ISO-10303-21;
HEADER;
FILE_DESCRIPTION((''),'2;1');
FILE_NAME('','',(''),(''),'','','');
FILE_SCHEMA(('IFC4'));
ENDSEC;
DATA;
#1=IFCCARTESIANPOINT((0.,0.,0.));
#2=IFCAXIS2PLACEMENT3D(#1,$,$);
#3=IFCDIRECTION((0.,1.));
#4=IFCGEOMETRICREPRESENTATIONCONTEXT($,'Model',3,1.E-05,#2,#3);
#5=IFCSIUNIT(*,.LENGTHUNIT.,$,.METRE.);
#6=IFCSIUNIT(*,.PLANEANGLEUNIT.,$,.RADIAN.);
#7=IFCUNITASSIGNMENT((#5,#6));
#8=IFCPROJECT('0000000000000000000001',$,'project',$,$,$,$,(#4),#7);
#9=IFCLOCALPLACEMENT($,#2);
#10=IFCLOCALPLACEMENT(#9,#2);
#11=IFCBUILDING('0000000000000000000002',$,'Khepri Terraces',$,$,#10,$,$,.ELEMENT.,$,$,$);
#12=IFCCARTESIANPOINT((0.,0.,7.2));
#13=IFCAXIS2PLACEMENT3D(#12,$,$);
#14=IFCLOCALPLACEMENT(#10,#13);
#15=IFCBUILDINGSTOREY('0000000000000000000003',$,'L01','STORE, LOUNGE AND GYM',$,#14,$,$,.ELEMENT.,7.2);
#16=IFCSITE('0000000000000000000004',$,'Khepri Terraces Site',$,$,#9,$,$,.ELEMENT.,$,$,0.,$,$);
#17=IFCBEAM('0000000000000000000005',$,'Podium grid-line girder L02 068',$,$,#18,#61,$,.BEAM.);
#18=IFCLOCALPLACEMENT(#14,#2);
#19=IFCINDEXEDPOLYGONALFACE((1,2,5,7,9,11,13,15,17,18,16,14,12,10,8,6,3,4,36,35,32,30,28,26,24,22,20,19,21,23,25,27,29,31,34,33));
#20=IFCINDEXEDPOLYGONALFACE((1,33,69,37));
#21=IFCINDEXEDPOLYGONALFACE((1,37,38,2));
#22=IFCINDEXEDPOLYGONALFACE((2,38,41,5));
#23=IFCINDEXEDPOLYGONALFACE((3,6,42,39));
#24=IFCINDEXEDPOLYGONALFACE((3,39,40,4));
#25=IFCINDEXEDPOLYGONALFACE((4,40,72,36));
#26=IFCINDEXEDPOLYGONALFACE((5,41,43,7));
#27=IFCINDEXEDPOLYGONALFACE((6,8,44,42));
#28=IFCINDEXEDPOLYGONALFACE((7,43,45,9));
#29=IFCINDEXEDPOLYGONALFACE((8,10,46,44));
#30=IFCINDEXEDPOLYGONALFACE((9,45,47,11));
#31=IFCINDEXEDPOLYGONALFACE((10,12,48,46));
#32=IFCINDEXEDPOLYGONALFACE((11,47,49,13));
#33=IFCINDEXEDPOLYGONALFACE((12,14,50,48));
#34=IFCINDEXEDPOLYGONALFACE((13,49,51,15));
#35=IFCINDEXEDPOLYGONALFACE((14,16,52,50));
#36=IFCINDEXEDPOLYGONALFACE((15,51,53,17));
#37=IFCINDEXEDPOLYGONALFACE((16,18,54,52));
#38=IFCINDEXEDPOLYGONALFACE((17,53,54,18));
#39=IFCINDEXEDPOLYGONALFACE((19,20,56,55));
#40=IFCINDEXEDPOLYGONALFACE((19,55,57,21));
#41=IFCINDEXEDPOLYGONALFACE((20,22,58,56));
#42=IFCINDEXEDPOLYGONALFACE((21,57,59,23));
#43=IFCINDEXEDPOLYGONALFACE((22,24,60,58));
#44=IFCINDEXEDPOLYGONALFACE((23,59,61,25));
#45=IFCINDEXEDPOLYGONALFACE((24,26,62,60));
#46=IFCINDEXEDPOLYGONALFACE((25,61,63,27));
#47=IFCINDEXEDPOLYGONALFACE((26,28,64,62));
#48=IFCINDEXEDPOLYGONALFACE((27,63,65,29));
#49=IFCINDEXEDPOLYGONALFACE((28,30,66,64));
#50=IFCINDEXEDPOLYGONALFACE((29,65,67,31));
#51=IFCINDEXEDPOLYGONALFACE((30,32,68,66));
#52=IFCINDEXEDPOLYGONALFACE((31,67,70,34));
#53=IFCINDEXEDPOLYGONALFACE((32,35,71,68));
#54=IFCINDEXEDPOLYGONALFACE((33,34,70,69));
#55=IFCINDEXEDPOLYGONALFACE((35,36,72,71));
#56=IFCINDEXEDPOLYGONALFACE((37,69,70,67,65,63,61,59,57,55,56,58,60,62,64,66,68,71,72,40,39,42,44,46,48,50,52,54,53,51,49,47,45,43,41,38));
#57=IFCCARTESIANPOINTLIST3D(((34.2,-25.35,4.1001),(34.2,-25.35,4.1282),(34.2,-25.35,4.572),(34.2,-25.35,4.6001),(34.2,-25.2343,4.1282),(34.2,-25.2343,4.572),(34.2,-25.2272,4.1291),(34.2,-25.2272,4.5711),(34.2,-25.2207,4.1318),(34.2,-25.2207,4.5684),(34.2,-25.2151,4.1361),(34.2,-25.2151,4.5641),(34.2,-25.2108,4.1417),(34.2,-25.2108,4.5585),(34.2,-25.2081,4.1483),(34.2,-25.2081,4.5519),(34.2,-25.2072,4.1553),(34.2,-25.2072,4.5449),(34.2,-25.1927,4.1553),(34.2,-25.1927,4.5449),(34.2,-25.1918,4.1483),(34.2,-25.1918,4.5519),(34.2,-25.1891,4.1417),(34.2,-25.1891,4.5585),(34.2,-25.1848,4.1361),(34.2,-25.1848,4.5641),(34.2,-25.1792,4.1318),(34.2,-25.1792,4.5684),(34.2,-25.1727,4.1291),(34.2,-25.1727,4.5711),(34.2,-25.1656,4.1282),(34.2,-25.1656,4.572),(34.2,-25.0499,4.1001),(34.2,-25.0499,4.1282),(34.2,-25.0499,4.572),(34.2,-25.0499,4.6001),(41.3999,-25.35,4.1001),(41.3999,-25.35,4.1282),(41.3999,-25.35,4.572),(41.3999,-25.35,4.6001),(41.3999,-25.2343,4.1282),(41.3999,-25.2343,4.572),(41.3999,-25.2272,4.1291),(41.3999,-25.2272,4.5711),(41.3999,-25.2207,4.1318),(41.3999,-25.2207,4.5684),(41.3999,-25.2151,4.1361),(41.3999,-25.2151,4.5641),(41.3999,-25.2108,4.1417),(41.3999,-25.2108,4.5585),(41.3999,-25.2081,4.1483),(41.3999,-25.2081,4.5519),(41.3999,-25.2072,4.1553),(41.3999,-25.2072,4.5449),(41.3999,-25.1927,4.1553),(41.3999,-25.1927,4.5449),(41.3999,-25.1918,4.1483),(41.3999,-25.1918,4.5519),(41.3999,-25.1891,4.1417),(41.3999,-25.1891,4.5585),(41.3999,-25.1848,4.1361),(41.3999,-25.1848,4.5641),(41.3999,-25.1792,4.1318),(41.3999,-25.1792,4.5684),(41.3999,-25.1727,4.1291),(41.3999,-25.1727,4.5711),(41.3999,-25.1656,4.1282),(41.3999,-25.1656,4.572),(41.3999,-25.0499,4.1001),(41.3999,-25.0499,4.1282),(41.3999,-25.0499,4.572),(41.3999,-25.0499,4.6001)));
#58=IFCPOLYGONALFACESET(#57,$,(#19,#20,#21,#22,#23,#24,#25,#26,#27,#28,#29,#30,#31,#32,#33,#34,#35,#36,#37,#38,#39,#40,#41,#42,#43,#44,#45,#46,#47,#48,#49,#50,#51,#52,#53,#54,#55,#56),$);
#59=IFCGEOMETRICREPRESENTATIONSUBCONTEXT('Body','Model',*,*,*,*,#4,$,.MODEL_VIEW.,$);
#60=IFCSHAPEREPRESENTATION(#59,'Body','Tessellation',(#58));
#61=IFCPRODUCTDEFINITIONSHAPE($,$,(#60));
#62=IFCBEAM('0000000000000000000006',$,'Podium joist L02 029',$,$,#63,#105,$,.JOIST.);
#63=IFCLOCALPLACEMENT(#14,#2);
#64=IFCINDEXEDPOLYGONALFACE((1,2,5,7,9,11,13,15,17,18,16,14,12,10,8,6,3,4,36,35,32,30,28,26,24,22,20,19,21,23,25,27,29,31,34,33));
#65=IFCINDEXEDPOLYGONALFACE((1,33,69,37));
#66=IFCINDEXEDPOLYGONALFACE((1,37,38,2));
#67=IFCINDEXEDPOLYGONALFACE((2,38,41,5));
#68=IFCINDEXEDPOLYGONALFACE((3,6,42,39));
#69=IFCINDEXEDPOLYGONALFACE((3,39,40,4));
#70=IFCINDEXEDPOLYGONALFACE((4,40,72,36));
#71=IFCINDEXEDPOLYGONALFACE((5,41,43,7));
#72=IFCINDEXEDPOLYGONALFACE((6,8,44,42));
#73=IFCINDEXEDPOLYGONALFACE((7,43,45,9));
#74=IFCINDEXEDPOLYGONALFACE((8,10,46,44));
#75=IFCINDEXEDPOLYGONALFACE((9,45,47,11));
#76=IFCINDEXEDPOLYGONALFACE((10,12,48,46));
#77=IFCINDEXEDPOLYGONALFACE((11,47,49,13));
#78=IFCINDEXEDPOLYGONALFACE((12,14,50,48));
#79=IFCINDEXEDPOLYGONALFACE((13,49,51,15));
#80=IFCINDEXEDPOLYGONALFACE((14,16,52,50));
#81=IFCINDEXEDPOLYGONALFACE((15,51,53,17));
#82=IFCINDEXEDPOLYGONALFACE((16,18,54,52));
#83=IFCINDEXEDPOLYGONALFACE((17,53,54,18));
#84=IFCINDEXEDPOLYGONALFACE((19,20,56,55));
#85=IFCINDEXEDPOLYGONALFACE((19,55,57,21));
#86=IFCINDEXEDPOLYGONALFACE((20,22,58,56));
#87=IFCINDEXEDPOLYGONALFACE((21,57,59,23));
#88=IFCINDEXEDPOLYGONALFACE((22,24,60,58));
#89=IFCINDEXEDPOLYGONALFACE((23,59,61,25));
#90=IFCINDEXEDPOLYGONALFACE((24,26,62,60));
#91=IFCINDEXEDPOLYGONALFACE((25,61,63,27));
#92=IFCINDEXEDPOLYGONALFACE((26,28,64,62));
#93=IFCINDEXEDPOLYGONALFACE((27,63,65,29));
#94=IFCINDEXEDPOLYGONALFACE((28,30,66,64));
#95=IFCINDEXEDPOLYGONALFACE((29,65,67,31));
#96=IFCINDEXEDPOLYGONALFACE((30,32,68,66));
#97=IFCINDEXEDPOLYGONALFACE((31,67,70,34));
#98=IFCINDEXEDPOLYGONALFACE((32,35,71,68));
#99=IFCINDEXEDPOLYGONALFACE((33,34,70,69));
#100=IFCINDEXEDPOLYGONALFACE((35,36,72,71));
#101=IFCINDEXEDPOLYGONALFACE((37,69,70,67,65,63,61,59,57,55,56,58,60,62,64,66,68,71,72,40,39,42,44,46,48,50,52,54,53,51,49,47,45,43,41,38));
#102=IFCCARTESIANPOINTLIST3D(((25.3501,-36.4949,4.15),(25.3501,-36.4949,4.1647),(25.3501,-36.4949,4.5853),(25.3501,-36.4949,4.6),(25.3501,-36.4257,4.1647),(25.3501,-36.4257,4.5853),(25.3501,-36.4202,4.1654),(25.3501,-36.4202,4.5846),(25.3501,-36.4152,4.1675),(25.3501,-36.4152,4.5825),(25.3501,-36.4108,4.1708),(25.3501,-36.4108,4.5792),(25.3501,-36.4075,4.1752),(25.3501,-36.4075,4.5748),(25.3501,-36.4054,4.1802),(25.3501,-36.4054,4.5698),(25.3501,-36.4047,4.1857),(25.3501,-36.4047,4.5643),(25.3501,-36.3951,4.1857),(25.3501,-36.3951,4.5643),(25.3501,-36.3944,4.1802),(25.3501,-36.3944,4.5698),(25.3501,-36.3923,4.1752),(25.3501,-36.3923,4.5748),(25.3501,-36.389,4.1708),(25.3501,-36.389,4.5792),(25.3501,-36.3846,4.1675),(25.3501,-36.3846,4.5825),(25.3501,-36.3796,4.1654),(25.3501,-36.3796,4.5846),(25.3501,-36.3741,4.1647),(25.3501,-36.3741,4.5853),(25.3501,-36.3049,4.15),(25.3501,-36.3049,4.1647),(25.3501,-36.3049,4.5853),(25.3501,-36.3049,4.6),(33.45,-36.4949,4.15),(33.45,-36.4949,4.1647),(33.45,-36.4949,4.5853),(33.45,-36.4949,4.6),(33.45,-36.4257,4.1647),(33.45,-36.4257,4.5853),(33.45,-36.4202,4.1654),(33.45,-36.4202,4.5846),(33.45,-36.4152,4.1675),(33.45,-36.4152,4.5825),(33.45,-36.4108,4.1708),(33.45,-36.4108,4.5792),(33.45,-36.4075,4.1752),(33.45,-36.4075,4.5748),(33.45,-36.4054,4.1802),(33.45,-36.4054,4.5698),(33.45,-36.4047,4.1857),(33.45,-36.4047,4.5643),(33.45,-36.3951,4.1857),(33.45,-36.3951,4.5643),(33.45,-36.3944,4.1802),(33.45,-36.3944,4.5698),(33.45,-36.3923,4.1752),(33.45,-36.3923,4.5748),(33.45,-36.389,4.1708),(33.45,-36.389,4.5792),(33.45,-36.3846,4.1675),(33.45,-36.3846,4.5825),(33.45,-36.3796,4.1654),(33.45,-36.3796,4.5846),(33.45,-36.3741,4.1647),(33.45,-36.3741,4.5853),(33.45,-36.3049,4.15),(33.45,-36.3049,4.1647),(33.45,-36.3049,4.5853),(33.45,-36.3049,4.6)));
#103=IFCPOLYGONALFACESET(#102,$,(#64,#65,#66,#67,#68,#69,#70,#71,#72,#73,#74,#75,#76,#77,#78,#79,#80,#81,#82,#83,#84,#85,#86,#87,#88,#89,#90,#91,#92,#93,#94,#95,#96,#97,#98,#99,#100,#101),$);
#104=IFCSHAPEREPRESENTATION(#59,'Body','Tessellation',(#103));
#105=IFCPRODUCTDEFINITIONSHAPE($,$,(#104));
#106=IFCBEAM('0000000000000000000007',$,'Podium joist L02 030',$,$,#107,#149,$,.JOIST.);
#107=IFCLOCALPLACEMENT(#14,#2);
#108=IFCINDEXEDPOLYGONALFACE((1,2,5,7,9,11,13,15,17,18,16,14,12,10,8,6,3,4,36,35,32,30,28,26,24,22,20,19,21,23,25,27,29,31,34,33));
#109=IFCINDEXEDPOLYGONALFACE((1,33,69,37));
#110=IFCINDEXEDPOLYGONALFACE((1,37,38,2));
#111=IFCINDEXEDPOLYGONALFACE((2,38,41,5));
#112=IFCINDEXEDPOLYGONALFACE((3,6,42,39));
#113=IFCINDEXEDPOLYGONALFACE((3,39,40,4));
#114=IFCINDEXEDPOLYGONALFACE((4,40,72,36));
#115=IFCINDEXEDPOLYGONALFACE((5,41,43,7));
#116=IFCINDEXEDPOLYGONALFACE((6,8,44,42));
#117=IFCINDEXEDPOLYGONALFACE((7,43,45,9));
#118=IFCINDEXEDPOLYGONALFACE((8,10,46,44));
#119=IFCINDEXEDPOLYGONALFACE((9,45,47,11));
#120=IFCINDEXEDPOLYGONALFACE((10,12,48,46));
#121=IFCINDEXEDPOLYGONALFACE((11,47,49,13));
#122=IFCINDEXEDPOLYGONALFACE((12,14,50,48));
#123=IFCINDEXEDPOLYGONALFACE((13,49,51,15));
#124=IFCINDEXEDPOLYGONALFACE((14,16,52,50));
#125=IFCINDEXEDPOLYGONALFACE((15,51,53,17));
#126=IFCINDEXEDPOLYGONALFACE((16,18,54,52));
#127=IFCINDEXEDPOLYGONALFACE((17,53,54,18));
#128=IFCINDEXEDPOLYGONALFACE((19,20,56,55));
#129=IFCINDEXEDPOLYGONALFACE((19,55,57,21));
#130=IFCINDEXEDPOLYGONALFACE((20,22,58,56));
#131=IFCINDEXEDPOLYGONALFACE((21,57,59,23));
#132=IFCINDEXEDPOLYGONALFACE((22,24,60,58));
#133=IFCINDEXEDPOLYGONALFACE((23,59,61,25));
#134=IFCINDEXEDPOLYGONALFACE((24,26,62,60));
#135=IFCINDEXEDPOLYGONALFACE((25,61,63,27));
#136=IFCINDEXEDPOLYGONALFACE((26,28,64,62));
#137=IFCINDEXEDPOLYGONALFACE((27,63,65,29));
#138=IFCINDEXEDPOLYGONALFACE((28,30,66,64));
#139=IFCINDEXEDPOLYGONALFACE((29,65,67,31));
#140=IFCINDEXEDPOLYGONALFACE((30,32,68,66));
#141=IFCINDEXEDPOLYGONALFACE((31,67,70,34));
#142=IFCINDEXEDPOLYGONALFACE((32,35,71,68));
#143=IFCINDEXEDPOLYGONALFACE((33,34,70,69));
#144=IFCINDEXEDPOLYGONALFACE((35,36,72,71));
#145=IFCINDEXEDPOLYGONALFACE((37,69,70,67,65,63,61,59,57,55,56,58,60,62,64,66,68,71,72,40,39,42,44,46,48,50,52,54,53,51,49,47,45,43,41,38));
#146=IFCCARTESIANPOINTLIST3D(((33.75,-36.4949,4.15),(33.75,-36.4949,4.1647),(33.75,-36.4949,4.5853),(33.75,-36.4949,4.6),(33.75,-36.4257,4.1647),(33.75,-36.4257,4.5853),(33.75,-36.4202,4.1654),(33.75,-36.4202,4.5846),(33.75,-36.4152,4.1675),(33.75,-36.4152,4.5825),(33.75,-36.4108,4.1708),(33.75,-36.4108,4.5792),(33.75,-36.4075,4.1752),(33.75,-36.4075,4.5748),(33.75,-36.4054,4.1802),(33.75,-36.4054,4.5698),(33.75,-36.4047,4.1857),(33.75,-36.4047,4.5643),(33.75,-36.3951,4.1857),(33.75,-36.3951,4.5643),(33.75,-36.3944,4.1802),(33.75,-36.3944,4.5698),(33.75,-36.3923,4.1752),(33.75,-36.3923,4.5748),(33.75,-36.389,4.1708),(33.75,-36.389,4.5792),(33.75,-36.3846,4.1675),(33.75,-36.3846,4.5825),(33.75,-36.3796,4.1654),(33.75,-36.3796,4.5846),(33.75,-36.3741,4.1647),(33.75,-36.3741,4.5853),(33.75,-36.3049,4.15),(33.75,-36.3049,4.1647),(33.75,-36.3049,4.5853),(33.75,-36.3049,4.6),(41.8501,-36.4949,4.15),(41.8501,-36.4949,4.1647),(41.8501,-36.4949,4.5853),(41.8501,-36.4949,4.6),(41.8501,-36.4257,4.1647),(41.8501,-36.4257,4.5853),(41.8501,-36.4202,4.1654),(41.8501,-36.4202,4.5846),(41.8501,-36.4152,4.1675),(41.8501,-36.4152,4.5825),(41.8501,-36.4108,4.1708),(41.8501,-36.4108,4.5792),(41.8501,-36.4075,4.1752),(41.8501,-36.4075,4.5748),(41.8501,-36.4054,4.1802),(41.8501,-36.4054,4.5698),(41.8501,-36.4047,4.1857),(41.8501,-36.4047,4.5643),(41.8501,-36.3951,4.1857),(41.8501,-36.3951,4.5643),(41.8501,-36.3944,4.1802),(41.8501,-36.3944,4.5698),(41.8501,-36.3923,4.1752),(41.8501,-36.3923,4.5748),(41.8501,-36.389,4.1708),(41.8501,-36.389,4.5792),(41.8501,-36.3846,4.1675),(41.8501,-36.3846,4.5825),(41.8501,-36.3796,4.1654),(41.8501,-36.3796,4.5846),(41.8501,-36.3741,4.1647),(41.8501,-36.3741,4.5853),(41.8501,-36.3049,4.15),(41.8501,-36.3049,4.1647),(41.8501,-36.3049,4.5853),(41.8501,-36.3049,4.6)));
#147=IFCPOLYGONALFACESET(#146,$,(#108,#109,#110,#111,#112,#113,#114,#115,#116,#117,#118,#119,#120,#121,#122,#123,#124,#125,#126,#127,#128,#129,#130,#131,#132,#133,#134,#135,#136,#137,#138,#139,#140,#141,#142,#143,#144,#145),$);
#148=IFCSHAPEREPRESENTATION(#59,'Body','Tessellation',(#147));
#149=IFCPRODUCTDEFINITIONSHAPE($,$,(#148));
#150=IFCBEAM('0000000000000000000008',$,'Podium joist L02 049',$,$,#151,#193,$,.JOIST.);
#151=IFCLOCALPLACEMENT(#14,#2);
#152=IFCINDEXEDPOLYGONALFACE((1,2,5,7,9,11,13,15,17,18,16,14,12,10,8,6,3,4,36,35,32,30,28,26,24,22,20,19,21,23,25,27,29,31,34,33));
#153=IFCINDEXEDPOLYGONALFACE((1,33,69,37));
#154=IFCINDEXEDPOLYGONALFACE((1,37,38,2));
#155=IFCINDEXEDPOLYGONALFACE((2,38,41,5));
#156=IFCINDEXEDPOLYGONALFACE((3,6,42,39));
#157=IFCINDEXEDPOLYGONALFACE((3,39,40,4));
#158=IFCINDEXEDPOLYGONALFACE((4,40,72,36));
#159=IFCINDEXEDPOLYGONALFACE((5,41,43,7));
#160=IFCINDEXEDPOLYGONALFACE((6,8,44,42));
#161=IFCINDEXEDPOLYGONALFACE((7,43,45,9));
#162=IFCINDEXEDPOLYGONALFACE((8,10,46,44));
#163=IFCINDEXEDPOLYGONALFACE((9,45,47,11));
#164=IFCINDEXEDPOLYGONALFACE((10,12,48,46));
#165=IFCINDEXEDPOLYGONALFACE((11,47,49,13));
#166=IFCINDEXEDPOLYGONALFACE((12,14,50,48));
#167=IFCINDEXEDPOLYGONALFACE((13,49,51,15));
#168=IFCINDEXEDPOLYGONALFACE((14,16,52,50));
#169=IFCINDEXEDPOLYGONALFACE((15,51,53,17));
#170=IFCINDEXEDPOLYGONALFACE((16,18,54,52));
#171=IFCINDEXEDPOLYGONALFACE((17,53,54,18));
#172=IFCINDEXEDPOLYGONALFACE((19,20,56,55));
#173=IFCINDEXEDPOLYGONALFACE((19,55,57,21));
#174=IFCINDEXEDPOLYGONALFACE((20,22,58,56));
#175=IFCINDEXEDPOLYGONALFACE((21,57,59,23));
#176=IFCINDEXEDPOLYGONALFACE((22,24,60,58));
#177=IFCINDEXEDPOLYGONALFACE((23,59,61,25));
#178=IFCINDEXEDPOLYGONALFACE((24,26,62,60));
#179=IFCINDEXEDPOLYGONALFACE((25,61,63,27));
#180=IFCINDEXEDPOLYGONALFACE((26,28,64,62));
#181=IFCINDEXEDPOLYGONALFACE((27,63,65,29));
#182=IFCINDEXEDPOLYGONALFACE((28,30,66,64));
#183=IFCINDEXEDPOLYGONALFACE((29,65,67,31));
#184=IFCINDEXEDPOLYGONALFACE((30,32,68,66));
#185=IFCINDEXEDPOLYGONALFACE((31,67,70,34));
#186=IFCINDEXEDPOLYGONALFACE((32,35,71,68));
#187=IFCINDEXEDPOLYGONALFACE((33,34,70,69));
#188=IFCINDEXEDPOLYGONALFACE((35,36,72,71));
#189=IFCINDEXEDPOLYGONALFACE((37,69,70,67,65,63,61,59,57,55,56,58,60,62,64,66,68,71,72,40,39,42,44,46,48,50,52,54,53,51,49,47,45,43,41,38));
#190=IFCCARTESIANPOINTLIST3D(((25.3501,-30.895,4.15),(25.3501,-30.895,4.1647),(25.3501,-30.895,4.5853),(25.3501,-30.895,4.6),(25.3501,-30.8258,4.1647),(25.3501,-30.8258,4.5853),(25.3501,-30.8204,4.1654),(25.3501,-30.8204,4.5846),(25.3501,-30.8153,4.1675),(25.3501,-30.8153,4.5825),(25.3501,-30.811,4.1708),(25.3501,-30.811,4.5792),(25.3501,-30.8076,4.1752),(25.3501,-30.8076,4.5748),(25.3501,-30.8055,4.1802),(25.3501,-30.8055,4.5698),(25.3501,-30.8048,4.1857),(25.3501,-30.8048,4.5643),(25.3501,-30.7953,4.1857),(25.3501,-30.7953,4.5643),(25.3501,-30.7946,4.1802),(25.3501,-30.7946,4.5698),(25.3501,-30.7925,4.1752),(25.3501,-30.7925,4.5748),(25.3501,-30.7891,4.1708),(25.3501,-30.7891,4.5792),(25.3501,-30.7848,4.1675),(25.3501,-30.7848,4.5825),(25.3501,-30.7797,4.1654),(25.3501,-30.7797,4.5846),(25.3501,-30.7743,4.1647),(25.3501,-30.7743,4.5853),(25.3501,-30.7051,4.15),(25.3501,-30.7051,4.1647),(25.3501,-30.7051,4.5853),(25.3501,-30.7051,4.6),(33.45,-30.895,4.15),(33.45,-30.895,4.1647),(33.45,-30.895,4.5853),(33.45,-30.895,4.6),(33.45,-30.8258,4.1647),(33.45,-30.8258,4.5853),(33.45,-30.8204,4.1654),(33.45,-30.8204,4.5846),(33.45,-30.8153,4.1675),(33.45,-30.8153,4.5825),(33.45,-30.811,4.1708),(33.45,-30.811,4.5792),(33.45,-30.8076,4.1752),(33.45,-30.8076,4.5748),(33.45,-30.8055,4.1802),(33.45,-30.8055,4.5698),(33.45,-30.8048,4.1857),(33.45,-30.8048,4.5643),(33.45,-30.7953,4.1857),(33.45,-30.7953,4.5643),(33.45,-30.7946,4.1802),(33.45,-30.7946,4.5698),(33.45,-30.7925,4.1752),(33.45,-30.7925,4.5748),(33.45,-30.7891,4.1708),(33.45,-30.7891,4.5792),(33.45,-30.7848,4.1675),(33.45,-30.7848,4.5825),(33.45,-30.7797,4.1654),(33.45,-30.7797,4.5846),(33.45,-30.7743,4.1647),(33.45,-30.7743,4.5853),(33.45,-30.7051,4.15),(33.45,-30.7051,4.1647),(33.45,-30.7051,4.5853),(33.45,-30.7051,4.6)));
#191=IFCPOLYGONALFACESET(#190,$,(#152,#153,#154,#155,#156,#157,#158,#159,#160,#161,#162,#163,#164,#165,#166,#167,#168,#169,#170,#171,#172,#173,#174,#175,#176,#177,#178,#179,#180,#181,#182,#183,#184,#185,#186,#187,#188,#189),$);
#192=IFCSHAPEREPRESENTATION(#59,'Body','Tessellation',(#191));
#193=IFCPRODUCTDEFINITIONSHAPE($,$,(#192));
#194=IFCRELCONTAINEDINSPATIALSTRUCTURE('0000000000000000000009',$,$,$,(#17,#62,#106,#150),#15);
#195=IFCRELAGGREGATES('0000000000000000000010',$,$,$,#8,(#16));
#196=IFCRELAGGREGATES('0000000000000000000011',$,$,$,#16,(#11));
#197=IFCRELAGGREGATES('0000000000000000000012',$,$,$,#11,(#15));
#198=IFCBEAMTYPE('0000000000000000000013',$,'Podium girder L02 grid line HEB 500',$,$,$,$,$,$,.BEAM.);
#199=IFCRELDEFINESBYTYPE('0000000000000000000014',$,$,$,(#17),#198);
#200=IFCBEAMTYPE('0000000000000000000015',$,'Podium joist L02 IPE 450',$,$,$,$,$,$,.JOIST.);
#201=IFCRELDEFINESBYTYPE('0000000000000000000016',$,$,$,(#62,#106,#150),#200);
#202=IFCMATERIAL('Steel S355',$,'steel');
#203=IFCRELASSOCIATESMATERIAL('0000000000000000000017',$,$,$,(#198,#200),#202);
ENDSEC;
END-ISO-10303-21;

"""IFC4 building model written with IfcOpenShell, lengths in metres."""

from ifc_helpers import new_model, si_unit, direction, frame, origin, origin_2d, place, context, subcontext, project, spatial, i_section, extrude, material, material_profile, profile_set, type_object, element, save


model = new_model("IFC4")

# Units and contexts
model_context = context("Model", 3, precision=1e-05, world=origin(), true_north=direction((0.0, 1.0)))
body_context = subcontext(model_context, "Body", "Model", "MODEL_VIEW")
ifc_project = project(units=[si_unit("LENGTHUNIT", "METRE"), si_unit("PLANEANGLEUNIT", "RADIAN")], contexts=[model_context])

# Site, building, storey
site_placement = place(None, origin())
site = spatial("IfcSite", under=ifc_project, at=site_placement, Name="Khepri Terraces Site", CompositionType="ELEMENT", RefElevation=0.0)
building_placement = place(site_placement, origin())
building = spatial("IfcBuilding", under=site, at=building_placement, Name="Khepri Terraces", CompositionType="ELEMENT")
storey_placement = place(building_placement, frame((0.0, 0.0, 7.2)))
storey = spatial("IfcBuildingStorey", under=building, at=storey_placement, Name="L01", Description="STORE, LOUNGE AND GYM", CompositionType="ELEMENT", Elevation=7.2)

# Beams
ifc_material_1 = material(Name="Steel S355", Category="steel")
ifc_material_profile_1 = material_profile(ifc_material_1, i_section(OverallWidth=0.3, OverallDepth=0.5, WebThickness=0.0144, FlangeThickness=0.0281, FilletRadius=0.0271, at=origin_2d()), Name="Steel S355", Category="steel")
ifc_profile_set_1 = profile_set([ifc_material_profile_1], Name="Steel S355")
beam_type_1 = type_object("IfcBeamType", Name="Podium girder L02 grid line HEB 500", PredefinedType="BEAM", material=ifc_profile_set_1)
for number, where, z_axis, x_axis, name in (
    (1, (34.2, -25.2, 4.3501), (1.0, 0.0, 0.0), (0.0, 1.0, 0.0), "Podium grid-line girder L02 068"),
):
    element("IfcBeam", number, at=place(storey_placement, frame(where, z_axis=z_axis, x_axis=x_axis)), inside=storey, type_object=beam_type_1, Name=name, PredefinedType="BEAM", context=body_context, shape_type="SweptSolid", body=[
        extrude(i_section(OverallWidth=0.3, OverallDepth=0.5, WebThickness=0.0144, FlangeThickness=0.0281, FilletRadius=0.0271, at=origin_2d()), origin(), (0.0, 0.0, 1.0), 7.2),
    ])
ifc_material_profile_2 = material_profile(ifc_material_1, i_section(OverallWidth=0.1899, OverallDepth=0.45, WebThickness=0.0095, FlangeThickness=0.0146, FilletRadius=0.021, at=origin_2d()), Name="Steel S355", Category="steel")
ifc_profile_set_2 = profile_set([ifc_material_profile_2], Name="Steel S355")
beam_type_2 = type_object("IfcBeamType", Name="Podium joist L02 IPE 450", PredefinedType="JOIST", material=ifc_profile_set_2)
beam_1_placement = place(storey_placement, frame((25.3501, -36.3999, 4.375), z_axis=(1.0, 0.0, 0.0), x_axis=(0.0, 1.0, 0.0)))
element("IfcBeam", 2, at=beam_1_placement, inside=storey, type_object=beam_type_2, Name="Podium joist L02 029", PredefinedType="JOIST", context=body_context, shape_type="SweptSolid", body=[
    extrude(i_section(OverallWidth=0.1899, OverallDepth=0.45, WebThickness=0.0095, FlangeThickness=0.0146, FilletRadius=0.021, at=origin_2d()), origin(), (0.0, 0.0, 1.0), 8.0999),
])
beam_2_placement = place(storey_placement, frame((33.75, -36.3999, 4.375), z_axis=(1.0, 0.0, 0.0), x_axis=(0.0, 1.0, 0.0)))
element("IfcBeam", 3, at=beam_2_placement, inside=storey, type_object=beam_type_2, Name="Podium joist L02 030", PredefinedType="JOIST", context=body_context, shape_type="SweptSolid", body=[
    extrude(i_section(OverallWidth=0.1899, OverallDepth=0.45, WebThickness=0.0095, FlangeThickness=0.0146, FilletRadius=0.021, at=origin_2d()), origin(), (0.0, 0.0, 1.0), 8.1001),
])
beam_3_placement = place(storey_placement, frame((25.3501, -30.8, 4.375), z_axis=(1.0, 0.0, 0.0), x_axis=(0.0, 1.0, 0.0)))
element("IfcBeam", 4, at=beam_3_placement, inside=storey, type_object=beam_type_2, Name="Podium joist L02 049", PredefinedType="JOIST", context=body_context, shape_type="SweptSolid", body=[
    extrude(i_section(OverallWidth=0.1899, OverallDepth=0.45, WebThickness=0.0095, FlangeThickness=0.0146, FilletRadius=0.021, at=origin_2d()), origin(), (0.0, 0.0, 1.0), 8.0999),
])

save(model, "model.ifc")
